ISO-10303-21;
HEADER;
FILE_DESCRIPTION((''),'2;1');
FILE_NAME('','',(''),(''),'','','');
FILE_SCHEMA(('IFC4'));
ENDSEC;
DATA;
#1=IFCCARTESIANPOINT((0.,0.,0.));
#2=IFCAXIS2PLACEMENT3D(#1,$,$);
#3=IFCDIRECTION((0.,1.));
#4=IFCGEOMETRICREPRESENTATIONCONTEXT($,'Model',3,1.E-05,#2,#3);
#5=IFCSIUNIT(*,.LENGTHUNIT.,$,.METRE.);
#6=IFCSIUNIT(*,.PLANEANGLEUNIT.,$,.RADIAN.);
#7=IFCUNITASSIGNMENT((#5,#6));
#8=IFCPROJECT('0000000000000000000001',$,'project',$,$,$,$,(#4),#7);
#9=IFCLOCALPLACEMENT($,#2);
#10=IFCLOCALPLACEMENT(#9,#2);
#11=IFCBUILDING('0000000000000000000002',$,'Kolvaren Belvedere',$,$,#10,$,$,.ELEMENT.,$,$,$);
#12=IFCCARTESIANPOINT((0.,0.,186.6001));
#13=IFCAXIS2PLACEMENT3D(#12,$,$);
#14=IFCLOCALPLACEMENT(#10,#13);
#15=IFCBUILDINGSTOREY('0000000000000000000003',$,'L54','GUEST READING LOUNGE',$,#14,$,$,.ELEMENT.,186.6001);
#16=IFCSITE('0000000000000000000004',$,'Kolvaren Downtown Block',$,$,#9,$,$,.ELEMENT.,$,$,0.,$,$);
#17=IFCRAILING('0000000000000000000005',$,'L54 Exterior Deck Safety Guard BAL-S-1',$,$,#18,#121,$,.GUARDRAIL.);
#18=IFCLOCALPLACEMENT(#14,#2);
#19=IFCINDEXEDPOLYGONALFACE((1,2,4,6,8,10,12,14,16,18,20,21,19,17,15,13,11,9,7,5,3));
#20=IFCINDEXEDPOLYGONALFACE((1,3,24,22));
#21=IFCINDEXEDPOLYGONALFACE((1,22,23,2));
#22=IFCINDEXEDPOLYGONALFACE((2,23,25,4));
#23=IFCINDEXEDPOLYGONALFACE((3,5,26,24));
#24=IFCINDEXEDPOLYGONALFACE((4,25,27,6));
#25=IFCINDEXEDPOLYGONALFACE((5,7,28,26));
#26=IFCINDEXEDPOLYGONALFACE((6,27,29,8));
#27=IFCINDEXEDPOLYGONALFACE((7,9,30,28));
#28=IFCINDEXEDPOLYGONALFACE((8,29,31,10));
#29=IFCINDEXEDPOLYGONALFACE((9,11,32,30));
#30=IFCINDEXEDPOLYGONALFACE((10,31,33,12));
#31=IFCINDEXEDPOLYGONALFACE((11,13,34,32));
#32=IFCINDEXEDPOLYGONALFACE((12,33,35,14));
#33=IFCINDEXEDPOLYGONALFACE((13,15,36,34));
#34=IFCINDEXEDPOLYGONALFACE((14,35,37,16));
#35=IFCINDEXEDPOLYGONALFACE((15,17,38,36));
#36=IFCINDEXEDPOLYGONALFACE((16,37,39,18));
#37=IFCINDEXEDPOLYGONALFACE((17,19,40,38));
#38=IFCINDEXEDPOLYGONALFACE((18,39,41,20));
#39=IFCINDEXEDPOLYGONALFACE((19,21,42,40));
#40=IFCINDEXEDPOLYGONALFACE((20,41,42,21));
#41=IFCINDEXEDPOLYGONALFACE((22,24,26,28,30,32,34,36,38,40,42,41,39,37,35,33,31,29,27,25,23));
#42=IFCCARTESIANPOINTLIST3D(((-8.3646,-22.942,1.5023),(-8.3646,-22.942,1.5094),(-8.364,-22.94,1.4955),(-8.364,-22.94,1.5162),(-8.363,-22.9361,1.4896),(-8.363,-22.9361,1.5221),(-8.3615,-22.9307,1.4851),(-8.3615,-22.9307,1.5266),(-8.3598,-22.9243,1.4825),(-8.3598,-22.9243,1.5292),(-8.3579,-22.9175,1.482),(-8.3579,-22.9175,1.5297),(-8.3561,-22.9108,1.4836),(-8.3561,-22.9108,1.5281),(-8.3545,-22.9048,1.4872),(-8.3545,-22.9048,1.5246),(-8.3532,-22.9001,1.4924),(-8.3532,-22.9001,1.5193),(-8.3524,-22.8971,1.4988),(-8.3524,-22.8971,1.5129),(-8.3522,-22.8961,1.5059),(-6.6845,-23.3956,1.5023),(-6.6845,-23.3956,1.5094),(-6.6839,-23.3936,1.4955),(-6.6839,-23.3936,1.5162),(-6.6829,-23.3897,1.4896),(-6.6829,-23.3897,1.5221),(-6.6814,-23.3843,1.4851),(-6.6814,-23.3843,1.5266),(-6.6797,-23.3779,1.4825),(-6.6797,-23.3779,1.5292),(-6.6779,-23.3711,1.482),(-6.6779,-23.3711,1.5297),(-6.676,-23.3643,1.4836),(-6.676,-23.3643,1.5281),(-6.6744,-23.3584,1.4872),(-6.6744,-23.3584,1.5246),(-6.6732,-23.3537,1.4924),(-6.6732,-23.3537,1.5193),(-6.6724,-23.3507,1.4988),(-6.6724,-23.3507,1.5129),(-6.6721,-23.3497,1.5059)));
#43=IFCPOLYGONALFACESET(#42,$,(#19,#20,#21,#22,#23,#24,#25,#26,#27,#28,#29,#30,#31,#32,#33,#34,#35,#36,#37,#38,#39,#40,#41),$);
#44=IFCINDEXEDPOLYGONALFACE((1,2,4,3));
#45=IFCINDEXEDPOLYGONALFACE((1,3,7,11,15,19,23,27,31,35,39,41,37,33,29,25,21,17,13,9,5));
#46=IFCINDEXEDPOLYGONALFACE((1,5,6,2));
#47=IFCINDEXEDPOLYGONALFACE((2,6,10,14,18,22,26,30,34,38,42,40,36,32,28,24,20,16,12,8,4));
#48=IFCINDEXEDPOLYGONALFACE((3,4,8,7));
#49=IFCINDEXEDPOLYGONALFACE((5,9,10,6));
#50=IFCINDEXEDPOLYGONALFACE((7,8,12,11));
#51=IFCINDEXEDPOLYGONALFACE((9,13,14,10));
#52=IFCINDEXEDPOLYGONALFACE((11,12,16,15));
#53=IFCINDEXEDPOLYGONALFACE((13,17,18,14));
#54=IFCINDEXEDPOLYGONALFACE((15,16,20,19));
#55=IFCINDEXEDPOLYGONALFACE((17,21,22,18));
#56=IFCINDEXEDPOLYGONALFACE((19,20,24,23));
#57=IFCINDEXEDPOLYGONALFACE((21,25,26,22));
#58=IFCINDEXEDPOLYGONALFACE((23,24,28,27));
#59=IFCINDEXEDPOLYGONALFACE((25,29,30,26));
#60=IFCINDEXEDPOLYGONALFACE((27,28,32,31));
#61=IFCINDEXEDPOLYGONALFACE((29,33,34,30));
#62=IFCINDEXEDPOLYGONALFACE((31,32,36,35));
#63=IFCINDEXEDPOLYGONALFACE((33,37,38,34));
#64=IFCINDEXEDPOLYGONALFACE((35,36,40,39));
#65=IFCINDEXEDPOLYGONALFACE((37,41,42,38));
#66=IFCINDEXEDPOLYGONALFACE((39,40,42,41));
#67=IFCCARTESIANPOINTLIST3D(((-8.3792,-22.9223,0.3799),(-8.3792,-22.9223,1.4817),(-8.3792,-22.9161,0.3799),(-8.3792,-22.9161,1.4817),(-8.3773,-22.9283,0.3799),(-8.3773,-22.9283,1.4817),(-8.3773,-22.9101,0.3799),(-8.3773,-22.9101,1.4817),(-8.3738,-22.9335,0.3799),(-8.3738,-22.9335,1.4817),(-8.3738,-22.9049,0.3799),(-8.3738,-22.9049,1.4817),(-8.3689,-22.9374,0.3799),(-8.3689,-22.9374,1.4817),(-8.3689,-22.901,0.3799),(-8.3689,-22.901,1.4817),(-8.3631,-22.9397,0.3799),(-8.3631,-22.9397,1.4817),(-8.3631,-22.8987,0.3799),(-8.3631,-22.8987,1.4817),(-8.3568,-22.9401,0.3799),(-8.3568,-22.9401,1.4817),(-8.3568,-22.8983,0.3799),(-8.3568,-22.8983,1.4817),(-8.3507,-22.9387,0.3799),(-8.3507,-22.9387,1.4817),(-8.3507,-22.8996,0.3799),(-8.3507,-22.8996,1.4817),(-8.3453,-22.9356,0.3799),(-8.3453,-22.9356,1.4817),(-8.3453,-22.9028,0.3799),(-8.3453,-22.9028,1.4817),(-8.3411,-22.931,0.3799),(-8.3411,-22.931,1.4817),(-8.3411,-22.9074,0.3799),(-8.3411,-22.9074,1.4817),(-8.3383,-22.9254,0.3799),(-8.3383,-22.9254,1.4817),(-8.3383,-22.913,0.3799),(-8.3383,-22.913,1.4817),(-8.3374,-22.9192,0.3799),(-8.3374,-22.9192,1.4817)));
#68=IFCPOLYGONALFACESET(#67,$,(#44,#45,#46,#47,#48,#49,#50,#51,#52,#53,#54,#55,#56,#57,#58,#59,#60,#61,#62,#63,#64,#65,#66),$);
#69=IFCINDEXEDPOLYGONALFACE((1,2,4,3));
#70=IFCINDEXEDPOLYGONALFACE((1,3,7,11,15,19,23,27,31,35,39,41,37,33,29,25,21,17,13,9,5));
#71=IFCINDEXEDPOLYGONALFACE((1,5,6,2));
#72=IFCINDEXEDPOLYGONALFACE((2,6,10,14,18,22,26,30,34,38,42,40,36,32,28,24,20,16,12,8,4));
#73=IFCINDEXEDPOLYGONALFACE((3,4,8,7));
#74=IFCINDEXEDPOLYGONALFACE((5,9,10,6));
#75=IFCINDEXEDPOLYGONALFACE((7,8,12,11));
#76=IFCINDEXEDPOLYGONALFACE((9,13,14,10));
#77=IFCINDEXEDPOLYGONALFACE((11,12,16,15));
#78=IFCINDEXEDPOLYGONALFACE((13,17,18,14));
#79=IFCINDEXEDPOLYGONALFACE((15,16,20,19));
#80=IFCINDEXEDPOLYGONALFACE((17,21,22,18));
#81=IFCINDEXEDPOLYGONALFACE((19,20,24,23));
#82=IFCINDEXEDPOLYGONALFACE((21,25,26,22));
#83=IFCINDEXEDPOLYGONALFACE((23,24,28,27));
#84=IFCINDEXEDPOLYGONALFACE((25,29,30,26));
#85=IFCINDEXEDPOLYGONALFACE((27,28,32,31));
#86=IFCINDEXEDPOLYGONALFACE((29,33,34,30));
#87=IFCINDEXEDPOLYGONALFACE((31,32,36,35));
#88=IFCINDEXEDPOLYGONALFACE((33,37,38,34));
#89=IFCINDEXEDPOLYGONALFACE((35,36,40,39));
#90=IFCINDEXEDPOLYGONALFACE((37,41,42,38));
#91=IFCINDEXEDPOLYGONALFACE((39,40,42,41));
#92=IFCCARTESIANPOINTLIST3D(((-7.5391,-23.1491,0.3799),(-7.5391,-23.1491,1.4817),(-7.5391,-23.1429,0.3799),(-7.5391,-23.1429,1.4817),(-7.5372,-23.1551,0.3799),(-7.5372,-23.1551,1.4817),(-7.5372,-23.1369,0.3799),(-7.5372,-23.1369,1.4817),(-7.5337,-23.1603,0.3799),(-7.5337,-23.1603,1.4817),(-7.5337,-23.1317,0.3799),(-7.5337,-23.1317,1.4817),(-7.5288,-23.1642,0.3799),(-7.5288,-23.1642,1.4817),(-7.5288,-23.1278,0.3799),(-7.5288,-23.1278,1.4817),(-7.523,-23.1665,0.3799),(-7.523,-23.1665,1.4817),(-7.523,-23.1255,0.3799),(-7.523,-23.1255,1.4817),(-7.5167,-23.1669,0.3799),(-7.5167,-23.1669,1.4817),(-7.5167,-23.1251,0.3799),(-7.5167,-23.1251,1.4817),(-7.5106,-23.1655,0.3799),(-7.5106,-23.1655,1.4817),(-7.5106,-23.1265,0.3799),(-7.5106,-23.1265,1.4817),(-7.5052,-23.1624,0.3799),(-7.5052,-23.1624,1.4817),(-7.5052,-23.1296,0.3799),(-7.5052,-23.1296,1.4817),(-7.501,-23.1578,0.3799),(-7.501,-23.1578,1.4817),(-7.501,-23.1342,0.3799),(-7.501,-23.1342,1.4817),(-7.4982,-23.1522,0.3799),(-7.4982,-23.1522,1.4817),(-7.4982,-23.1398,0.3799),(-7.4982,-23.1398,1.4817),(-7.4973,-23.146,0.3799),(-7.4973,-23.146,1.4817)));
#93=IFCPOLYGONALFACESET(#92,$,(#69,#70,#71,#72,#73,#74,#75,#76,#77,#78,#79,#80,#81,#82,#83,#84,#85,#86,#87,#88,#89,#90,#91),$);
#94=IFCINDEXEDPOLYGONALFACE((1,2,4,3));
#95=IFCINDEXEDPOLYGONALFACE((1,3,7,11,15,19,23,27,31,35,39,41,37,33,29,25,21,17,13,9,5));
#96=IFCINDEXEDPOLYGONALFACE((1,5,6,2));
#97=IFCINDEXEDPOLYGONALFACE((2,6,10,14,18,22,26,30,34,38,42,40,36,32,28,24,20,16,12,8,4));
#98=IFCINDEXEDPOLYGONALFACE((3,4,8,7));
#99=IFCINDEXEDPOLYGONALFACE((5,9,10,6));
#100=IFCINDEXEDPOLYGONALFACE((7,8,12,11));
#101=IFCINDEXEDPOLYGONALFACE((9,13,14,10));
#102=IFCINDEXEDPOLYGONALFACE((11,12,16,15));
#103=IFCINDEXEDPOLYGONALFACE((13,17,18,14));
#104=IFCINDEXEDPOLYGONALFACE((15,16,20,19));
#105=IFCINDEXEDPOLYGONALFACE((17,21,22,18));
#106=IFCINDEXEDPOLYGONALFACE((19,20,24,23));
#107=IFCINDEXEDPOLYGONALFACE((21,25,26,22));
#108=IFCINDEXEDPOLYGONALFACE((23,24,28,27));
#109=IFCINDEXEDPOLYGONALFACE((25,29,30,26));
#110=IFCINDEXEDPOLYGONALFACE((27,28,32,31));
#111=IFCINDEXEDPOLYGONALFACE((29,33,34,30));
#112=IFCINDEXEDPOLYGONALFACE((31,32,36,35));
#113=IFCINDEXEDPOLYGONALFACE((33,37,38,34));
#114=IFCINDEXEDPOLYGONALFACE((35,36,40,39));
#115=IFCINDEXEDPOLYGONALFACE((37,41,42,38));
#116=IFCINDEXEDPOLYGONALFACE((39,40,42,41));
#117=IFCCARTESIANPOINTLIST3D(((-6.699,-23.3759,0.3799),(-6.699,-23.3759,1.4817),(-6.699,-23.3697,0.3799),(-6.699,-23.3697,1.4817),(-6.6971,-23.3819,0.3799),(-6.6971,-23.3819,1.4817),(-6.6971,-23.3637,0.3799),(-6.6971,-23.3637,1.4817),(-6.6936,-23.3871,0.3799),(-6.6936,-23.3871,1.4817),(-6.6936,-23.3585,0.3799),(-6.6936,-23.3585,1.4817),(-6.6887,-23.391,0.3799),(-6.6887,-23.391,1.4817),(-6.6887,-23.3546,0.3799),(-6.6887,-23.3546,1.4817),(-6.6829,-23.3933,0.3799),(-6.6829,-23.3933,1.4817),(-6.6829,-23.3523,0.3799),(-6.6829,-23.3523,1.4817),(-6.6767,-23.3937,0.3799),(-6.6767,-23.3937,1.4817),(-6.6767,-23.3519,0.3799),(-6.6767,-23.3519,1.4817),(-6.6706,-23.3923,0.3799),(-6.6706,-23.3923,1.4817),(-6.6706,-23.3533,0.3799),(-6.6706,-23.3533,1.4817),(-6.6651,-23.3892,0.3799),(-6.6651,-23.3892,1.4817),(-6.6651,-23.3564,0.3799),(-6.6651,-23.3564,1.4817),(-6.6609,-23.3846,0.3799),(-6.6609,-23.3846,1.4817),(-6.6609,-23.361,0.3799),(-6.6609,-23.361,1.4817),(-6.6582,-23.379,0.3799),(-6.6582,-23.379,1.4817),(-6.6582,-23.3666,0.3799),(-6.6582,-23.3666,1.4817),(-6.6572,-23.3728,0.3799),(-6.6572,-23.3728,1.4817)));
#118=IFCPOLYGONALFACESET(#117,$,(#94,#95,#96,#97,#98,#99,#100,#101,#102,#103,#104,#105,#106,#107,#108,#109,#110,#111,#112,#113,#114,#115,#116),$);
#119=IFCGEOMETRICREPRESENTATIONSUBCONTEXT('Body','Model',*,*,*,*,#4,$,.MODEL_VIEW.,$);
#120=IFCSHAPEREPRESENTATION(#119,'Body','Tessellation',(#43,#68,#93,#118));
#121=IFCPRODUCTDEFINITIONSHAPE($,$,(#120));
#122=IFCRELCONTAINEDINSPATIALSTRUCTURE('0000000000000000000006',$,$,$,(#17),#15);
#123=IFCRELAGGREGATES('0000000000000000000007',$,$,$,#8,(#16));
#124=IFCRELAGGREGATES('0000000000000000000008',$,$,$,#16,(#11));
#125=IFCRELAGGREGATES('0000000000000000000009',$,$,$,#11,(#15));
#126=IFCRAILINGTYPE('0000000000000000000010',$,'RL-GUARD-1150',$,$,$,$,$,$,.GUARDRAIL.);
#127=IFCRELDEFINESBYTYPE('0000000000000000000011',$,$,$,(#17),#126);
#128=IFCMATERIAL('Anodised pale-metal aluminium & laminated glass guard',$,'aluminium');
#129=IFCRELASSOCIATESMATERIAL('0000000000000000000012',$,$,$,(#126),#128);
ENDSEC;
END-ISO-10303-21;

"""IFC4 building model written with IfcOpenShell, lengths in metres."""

from ifc_helpers import new_model, si_unit, direction, frame, origin, origin_2d, place, context, subcontext, project, spatial, circle, extrude, material, type_object, element, save


model = new_model("IFC4")

# Units and contexts
model_context = context("Model", 3, precision=1e-05, world=origin(), true_north=direction((0.0, 1.0)))
body_context = subcontext(model_context, "Body", "Model", "MODEL_VIEW")
ifc_project = project(units=[si_unit("LENGTHUNIT", "METRE"), si_unit("PLANEANGLEUNIT", "RADIAN")], contexts=[model_context])

# Site, building, storey
site_placement = place(None, origin())
site = spatial("IfcSite", under=ifc_project, at=site_placement, Name="Kolvaren Downtown Block", CompositionType="ELEMENT", RefElevation=0.0)
building_placement = place(site_placement, origin())
building = spatial("IfcBuilding", under=site, at=building_placement, Name="Kolvaren Belvedere", CompositionType="ELEMENT")
storey_placement = place(building_placement, frame((0.0, 0.0, 186.6001)))
storey = spatial("IfcBuildingStorey", under=building, at=storey_placement, Name="L54", Description="GUEST READING LOUNGE", CompositionType="ELEMENT", Elevation=186.6001)

# Railing
ifc_material_1 = material(Name="Anodised pale-metal aluminium & laminated glass guard", Category="aluminium")
railing_type = type_object("IfcRailingType", Name="RL-GUARD-1150", PredefinedType="GUARDRAIL", material=ifc_material_1)
railing_placement = place(storey_placement, frame((-8.3584, -22.9192, 0.3799)))
element("IfcRailing", 1, at=railing_placement, inside=storey, type_object=railing_type, Name="L54 Exterior Deck Safety Guard BAL-S-1", PredefinedType="GUARDRAIL", context=body_context, shape_type="SweptSolid", body=[
    extrude(circle(Radius=0.0239, at=origin_2d()), frame((0.0, 0.0, 1.126), z_axis=(0.965434, -0.260648, 0.0), x_axis=(0.260648, 0.965434, 0.0)), (0.0, 0.0, 1.0), 1.7402),
    extrude(circle(Radius=0.021, at=origin_2d()), origin(), (0.0, 0.0, 1.0), 1.1018),
    extrude(circle(Radius=0.021, at=origin_2d()), frame((0.8401, -0.2268, 0.0)), (0.0, 0.0, 1.0), 1.1018),
    extrude(circle(Radius=0.021, at=origin_2d()), frame((1.6802, -0.4536, 0.0)), (0.0, 0.0, 1.0), 1.1018),
])

save(model, "model.ifc")
